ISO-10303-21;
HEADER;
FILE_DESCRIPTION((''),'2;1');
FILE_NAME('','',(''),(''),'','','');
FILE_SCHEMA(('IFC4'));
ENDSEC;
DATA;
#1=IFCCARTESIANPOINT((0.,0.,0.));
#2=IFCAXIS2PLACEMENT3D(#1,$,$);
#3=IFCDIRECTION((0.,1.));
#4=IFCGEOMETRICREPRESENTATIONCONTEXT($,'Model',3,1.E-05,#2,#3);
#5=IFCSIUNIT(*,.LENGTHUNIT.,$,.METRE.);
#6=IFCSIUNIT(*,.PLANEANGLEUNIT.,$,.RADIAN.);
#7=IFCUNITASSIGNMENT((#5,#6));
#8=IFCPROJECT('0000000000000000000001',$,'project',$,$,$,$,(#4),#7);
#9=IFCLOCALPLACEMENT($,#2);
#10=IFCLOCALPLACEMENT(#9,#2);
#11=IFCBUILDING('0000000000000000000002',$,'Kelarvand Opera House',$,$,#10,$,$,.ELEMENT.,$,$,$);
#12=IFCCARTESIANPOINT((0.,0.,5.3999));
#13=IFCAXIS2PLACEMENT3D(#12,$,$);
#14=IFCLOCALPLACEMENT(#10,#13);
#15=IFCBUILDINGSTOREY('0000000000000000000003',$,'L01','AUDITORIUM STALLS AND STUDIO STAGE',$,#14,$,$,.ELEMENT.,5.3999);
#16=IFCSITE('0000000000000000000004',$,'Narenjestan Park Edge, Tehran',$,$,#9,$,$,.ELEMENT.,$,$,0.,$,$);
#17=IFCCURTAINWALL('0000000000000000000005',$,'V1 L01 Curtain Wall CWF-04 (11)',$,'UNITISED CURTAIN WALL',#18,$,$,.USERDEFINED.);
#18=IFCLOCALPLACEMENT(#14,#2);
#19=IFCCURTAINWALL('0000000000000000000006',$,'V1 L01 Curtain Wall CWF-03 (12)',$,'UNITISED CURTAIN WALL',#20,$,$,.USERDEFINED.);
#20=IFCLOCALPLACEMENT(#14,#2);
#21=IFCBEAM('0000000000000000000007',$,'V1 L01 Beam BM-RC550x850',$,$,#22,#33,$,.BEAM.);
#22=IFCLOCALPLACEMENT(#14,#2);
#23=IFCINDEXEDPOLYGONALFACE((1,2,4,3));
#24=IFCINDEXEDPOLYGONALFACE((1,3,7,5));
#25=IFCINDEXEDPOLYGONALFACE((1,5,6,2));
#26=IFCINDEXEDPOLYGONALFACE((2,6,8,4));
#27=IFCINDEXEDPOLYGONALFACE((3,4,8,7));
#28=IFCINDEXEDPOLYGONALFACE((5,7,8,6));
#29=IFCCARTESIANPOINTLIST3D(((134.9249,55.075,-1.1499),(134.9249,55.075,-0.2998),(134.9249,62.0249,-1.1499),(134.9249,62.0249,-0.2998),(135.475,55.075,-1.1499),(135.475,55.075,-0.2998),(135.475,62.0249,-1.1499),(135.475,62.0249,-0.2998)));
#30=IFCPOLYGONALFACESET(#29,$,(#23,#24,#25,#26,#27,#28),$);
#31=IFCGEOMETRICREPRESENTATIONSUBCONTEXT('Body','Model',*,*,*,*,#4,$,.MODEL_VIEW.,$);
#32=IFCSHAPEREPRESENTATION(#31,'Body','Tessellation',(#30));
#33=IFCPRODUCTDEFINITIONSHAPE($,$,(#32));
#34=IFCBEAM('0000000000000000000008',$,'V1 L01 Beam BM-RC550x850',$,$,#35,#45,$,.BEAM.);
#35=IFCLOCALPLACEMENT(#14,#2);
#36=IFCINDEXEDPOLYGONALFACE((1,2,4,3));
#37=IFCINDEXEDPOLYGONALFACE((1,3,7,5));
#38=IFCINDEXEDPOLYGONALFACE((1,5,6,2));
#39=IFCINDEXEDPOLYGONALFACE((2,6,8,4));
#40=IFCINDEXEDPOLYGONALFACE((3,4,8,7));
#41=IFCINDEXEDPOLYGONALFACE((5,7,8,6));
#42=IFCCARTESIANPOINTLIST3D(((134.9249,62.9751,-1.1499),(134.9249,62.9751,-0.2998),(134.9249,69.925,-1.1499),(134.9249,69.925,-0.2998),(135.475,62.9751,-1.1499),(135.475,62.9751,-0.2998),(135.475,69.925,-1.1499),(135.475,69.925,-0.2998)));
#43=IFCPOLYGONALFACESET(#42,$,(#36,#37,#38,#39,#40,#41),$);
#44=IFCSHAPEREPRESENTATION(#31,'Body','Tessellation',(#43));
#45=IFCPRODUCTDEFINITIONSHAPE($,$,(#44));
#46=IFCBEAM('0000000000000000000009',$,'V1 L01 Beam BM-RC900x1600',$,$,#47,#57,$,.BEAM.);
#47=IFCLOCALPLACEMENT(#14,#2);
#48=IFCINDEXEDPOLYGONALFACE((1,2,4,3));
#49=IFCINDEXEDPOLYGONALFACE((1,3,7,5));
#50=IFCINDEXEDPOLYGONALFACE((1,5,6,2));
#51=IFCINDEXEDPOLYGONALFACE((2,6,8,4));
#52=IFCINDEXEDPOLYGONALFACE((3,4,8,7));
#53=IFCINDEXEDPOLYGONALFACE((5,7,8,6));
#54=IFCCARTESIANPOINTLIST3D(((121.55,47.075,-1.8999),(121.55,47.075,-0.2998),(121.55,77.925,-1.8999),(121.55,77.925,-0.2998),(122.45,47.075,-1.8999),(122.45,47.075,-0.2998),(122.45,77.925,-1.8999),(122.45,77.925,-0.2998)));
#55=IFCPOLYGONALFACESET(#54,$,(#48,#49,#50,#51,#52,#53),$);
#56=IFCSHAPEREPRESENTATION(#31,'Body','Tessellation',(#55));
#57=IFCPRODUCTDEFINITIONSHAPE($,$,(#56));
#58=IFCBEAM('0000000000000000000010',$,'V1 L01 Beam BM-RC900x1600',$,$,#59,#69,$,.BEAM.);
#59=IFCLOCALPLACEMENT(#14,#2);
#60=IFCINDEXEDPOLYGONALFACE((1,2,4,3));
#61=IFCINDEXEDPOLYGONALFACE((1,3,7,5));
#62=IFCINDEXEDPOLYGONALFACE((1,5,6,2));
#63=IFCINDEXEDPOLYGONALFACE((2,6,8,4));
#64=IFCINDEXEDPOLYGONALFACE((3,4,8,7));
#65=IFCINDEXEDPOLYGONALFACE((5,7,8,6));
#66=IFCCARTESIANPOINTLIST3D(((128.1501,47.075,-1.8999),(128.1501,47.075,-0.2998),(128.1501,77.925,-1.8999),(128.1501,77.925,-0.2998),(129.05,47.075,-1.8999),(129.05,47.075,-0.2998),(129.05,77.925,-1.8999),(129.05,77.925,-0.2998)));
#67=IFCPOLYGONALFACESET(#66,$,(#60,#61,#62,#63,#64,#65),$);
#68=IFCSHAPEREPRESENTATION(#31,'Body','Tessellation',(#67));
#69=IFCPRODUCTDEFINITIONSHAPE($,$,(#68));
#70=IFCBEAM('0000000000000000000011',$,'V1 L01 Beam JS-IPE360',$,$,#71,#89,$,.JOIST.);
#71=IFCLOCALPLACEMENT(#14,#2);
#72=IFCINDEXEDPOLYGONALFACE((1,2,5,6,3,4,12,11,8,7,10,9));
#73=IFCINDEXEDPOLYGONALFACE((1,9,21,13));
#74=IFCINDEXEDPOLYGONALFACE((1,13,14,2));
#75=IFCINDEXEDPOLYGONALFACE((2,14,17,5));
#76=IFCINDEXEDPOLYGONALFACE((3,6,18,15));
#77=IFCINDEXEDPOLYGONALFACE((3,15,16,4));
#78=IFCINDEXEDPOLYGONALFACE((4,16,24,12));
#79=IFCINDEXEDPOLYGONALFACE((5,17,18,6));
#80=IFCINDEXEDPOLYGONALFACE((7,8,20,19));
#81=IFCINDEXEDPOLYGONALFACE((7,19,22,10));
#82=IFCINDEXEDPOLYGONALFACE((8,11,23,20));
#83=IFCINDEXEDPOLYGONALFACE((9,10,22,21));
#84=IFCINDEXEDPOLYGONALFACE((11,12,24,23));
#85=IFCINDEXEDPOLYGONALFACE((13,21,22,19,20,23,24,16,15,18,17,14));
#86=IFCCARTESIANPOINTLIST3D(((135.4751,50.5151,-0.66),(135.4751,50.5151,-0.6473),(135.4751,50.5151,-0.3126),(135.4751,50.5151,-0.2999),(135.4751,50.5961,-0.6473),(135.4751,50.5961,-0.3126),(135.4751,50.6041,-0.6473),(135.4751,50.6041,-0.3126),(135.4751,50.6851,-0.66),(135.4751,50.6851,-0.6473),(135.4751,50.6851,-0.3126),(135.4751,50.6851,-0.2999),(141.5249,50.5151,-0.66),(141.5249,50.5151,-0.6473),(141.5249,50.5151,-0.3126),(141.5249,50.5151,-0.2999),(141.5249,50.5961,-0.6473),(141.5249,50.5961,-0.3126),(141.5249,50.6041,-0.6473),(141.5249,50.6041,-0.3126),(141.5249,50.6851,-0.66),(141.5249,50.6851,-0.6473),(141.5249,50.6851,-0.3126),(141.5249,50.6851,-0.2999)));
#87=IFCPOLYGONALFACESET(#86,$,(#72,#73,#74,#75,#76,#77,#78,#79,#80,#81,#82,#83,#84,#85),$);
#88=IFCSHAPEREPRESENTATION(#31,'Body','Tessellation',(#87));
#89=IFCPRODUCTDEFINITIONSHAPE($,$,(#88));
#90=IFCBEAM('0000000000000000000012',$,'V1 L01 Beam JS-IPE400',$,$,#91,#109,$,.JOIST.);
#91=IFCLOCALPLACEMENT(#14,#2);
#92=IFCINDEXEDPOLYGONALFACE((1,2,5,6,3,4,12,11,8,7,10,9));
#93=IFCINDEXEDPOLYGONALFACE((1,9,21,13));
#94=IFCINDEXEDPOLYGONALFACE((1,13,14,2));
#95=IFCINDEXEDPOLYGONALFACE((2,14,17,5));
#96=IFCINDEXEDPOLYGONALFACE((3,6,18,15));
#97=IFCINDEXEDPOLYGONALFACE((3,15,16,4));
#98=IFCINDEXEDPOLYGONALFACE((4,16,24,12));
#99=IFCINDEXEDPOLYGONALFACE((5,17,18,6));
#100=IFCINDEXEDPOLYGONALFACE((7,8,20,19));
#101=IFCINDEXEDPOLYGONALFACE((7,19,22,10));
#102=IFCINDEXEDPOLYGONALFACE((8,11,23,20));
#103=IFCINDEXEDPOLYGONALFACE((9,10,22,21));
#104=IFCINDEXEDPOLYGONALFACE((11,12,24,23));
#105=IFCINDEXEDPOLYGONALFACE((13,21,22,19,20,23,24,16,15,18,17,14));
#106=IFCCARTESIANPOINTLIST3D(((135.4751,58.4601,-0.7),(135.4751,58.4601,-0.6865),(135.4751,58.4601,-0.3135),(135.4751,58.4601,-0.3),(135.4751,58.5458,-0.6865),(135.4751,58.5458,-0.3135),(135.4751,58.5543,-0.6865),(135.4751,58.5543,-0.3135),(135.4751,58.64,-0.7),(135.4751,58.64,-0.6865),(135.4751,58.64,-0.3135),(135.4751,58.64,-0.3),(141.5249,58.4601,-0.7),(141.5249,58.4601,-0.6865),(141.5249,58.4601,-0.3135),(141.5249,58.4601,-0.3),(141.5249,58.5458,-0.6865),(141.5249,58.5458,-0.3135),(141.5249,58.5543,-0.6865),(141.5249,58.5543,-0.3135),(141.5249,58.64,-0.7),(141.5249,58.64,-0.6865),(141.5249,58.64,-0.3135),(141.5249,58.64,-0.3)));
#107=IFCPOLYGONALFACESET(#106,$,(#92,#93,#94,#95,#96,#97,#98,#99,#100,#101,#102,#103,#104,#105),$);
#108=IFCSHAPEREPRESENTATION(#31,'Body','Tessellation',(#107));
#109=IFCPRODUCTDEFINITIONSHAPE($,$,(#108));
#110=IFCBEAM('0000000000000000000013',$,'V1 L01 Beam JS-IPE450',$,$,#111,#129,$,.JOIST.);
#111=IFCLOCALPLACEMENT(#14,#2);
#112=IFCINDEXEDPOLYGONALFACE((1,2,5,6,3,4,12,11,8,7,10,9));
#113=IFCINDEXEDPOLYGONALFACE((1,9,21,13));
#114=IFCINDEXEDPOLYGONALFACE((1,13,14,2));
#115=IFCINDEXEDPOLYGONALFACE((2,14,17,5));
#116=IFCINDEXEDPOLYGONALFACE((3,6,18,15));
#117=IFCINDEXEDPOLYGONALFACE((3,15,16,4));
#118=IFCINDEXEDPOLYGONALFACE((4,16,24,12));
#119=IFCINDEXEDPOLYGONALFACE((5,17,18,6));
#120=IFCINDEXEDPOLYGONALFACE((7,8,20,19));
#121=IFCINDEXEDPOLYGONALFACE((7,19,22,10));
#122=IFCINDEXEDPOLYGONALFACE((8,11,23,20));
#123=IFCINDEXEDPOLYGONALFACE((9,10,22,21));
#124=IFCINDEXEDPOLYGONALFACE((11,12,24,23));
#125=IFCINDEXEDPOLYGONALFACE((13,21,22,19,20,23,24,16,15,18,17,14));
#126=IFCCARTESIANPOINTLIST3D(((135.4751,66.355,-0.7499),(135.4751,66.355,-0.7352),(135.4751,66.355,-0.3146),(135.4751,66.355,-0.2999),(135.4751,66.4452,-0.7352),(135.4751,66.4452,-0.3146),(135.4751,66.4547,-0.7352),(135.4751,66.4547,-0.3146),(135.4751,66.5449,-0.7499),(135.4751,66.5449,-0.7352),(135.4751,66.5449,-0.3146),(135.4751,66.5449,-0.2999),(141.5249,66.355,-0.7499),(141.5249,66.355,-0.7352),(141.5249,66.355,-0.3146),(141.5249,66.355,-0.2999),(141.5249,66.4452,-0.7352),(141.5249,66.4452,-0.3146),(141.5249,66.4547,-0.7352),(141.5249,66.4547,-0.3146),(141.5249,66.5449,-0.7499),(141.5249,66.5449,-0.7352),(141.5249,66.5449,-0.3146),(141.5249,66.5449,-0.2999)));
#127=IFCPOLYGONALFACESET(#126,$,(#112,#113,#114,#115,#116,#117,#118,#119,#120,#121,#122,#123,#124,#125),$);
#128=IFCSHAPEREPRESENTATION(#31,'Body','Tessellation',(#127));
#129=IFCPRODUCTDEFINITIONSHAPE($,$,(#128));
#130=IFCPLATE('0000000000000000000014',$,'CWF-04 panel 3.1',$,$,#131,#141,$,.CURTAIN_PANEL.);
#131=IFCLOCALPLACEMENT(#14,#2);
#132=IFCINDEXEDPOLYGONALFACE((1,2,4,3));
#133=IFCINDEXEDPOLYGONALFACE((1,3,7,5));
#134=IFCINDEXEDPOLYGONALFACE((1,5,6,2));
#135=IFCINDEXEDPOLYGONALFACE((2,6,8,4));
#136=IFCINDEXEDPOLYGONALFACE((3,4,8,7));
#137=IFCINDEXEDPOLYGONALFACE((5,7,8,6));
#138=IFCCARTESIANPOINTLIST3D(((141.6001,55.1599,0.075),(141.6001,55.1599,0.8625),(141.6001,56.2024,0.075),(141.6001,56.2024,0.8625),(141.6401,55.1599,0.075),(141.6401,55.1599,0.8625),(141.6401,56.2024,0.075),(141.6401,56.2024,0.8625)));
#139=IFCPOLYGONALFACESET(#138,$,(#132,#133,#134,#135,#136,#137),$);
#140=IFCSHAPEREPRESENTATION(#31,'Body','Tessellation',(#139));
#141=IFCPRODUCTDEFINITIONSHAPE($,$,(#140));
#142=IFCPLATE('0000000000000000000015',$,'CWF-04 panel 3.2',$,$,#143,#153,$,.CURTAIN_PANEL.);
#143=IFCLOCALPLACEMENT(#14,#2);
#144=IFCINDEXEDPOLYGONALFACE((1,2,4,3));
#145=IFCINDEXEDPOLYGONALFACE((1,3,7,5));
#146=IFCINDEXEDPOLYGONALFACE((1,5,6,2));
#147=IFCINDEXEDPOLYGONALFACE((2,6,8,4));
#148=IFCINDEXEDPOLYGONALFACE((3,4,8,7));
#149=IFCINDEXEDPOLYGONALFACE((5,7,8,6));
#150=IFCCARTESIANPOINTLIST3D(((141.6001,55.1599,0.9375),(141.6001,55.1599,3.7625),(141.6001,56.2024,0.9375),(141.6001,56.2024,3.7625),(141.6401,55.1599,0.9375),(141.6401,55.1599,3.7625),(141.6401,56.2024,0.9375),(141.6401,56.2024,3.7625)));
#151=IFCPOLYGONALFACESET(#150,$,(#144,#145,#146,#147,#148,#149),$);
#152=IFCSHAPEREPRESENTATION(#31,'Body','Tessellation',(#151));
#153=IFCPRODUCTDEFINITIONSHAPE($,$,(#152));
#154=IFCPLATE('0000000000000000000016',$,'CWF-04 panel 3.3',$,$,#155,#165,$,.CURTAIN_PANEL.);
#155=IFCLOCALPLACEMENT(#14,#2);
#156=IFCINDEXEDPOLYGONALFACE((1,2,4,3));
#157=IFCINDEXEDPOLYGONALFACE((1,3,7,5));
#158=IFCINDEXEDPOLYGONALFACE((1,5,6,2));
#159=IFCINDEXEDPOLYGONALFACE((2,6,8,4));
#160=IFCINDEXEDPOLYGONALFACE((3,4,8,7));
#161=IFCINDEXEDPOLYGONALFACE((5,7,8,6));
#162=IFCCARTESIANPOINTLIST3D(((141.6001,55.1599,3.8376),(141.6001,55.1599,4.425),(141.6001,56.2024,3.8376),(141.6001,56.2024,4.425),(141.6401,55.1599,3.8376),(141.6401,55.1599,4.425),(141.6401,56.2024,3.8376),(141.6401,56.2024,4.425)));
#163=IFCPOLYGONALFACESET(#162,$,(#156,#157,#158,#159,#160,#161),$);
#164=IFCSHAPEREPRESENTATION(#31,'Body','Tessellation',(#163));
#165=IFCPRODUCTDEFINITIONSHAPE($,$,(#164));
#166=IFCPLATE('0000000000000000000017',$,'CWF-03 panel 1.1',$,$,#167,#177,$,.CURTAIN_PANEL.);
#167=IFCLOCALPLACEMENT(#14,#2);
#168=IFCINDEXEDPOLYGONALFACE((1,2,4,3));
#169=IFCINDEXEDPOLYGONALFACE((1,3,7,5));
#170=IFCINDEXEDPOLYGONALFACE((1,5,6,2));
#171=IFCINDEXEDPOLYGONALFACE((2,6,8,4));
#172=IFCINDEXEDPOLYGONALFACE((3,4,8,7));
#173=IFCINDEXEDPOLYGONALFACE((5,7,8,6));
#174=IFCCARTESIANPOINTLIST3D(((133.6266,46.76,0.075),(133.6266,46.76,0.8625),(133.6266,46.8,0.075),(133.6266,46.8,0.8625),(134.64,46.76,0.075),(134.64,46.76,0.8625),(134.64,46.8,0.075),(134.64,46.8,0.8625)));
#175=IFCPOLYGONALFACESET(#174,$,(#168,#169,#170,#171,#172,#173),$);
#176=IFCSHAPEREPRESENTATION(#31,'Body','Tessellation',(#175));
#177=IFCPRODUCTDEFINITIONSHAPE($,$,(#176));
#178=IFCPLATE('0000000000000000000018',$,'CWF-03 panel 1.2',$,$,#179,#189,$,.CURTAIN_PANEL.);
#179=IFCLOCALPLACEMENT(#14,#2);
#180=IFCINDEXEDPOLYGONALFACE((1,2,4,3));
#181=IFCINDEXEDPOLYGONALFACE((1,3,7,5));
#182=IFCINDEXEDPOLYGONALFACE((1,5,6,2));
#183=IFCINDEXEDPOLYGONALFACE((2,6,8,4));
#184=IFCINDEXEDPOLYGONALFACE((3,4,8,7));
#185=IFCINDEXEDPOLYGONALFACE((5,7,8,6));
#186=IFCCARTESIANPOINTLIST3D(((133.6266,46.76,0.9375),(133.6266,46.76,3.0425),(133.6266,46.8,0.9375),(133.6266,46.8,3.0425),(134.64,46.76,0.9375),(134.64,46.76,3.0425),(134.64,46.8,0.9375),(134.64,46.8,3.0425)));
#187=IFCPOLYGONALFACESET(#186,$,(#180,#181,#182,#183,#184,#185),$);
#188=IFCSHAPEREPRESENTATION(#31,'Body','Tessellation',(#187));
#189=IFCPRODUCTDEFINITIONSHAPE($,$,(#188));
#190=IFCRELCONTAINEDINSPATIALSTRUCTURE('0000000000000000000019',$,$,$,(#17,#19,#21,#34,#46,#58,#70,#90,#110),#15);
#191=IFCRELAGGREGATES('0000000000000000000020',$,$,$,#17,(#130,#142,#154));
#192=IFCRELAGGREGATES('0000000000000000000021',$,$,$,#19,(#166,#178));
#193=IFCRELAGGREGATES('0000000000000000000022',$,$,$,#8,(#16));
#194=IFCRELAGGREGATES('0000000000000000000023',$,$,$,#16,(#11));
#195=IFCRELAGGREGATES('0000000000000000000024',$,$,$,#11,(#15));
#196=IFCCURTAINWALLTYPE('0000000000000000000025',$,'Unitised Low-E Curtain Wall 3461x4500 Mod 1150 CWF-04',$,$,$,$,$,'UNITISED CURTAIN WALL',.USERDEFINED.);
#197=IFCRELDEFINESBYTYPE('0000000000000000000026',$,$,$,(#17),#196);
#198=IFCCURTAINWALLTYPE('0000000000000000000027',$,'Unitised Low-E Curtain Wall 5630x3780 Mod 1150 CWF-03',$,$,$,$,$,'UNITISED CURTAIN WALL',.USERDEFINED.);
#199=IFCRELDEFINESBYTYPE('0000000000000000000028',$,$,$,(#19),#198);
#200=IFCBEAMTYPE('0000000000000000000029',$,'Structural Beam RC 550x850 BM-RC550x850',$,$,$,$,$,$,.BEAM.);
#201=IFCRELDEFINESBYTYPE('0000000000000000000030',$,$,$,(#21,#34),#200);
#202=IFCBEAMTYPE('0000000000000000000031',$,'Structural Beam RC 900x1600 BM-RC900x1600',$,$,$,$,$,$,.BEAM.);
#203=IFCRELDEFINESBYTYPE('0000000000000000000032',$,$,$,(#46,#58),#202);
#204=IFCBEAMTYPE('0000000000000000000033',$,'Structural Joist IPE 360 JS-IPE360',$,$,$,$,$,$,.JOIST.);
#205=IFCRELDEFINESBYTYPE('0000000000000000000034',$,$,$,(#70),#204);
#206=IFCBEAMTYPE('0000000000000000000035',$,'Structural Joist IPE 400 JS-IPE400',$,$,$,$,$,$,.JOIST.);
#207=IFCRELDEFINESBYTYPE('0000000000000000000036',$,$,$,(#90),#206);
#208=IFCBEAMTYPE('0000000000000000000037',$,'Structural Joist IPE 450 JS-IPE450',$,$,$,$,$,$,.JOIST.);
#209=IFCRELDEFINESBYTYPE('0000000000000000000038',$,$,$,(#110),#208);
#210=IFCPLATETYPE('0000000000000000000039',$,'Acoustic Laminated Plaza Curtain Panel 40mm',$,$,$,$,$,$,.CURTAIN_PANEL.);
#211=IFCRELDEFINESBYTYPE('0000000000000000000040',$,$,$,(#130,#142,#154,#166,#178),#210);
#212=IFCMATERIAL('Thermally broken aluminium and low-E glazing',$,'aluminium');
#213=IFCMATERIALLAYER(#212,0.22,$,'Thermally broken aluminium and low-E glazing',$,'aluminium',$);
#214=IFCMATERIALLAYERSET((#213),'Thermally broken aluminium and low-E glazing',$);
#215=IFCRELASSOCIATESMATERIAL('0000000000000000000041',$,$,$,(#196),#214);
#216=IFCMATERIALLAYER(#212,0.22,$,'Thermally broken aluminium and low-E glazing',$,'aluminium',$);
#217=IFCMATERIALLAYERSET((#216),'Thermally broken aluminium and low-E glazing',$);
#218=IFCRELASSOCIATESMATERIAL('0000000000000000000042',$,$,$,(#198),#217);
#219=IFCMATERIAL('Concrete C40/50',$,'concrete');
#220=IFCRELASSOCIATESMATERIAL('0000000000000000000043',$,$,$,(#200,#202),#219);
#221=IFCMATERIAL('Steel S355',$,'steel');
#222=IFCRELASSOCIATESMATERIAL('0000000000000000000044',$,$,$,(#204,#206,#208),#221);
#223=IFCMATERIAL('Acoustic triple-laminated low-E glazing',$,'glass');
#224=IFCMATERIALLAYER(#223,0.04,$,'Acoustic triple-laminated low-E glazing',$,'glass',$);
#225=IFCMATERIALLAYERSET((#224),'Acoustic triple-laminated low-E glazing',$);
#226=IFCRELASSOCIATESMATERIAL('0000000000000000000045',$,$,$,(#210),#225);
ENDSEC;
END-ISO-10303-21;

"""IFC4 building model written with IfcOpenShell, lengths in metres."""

from ifc_helpers import new_model, si_unit, direction, frame, origin, origin_2d, place, context, subcontext, project, spatial, rectangle, i_section, extrude, material, layer, layer_set, material_profile, profile_set, type_object, element, aggregate, save


model = new_model("IFC4")

# Units and contexts
model_context = context("Model", 3, precision=1e-05, world=origin(), true_north=direction((0.0, 1.0)))
body_context = subcontext(model_context, "Body", "Model", "MODEL_VIEW")
ifc_project = project(units=[si_unit("LENGTHUNIT", "METRE"), si_unit("PLANEANGLEUNIT", "RADIAN")], contexts=[model_context])

# Site, building, storey
site_placement = place(None, origin())
site = spatial("IfcSite", under=ifc_project, at=site_placement, Name="Narenjestan Park Edge, Tehran", CompositionType="ELEMENT", RefElevation=0.0)
building_placement = place(site_placement, origin())
building = spatial("IfcBuilding", under=site, at=building_placement, Name="Kelarvand Opera House", CompositionType="ELEMENT")
storey_placement = place(building_placement, frame((0.0, 0.0, 5.3999)))
storey = spatial("IfcBuildingStorey", under=building, at=storey_placement, Name="L01", Description="AUDITORIUM STALLS AND STUDIO STAGE", CompositionType="ELEMENT", Elevation=5.3999)

# Shared definitions
ifc_material_1 = material(Name="Concrete C40/50", Category="concrete")

# Curtain wall
ifc_material_2 = material(Name="Thermally broken aluminium and low-E glazing", Category="aluminium")
ifc_layer_1 = layer(ifc_material_2, 0.22, Name="Thermally broken aluminium and low-E glazing", Category="aluminium")
ifc_layer_set_1 = layer_set([ifc_layer_1], Name="Thermally broken aluminium and low-E glazing")
curtain_wall_type_1 = type_object("IfcCurtainWallType", Name="Unitised Low-E Curtain Wall 3461x4500 Mod 1150 CWF-04", ElementType="UNITISED CURTAIN WALL", PredefinedType="USERDEFINED", material=ifc_layer_set_1)
curtain_wall_1_placement = place(storey_placement, origin())
curtain_wall_1 = element("IfcCurtainWall", 1, at=curtain_wall_1_placement, inside=storey, type_object=curtain_wall_type_1, Name="V1 L01 Curtain Wall CWF-04 (11)", ObjectType="UNITISED CURTAIN WALL", PredefinedType="USERDEFINED")

# Curtain wall
ifc_layer_2 = layer(ifc_material_2, 0.22, Name="Thermally broken aluminium and low-E glazing", Category="aluminium")
ifc_layer_set_2 = layer_set([ifc_layer_2], Name="Thermally broken aluminium and low-E glazing")
curtain_wall_type_2 = type_object("IfcCurtainWallType", Name="Unitised Low-E Curtain Wall 5630x3780 Mod 1150 CWF-03", ElementType="UNITISED CURTAIN WALL", PredefinedType="USERDEFINED", material=ifc_layer_set_2)
curtain_wall_2_placement = place(storey_placement, origin())
curtain_wall_2 = element("IfcCurtainWall", 2, at=curtain_wall_2_placement, inside=storey, type_object=curtain_wall_type_2, Name="V1 L01 Curtain Wall CWF-03 (12)", ObjectType="UNITISED CURTAIN WALL", PredefinedType="USERDEFINED")

# Beams
ifc_material_profile_1 = material_profile(ifc_material_1, rectangle(XDim=0.55, YDim=0.8501, at=origin_2d()), Name="RC 550x850", Category="concrete")
ifc_profile_set_1 = profile_set([ifc_material_profile_1], Name="Concrete C40/50")
beam_type_1 = type_object("IfcBeamType", Name="Structural Beam RC 550x850 BM-RC550x850", PredefinedType="BEAM", material=ifc_profile_set_1)
for number, where, z_axis, x_axis, name in (
    (3, (135.2, 55.075, -0.7249), (0.0, 1.0, 0.0), (-1.0, 0.0, 0.0), "V1 L01 Beam BM-RC550x850"),
    (4, (135.2, 62.9751, -0.7249), (0.0, 1.0, 0.0), (-1.0, 0.0, 0.0), "V1 L01 Beam BM-RC550x850"),
):
    element("IfcBeam", number, at=place(storey_placement, frame(where, z_axis=z_axis, x_axis=x_axis)), inside=storey, type_object=beam_type_1, Name=name, PredefinedType="BEAM", context=body_context, shape_type="SweptSolid", body=[
        extrude(rectangle(XDim=0.55, YDim=0.8501, at=origin_2d()), origin(), (0.0, 0.0, 1.0), 6.95),
    ])
ifc_material_profile_2 = material_profile(ifc_material_1, rectangle(XDim=0.8999, YDim=1.6001, at=origin_2d()), Name="RC 900x1600", Category="concrete")
ifc_profile_set_2 = profile_set([ifc_material_profile_2], Name="Concrete C40/50")
beam_type_2 = type_object("IfcBeamType", Name="Structural Beam RC 900x1600 BM-RC900x1600", PredefinedType="BEAM", material=ifc_profile_set_2)
for number, where, z_axis, x_axis, name in (
    (5, (122.0, 47.075, -1.0999), (0.0, 1.0, 0.0), (-1.0, 0.0, 0.0), "V1 L01 Beam BM-RC900x1600"),
    (6, (128.6001, 47.075, -1.0999), (0.0, 1.0, 0.0), (-1.0, 0.0, 0.0), "V1 L01 Beam BM-RC900x1600"),
):
    element("IfcBeam", number, at=place(storey_placement, frame(where, z_axis=z_axis, x_axis=x_axis)), inside=storey, type_object=beam_type_2, Name=name, PredefinedType="BEAM", context=body_context, shape_type="SweptSolid", body=[
        extrude(rectangle(XDim=0.8999, YDim=1.6001, at=origin_2d()), origin(), (0.0, 0.0, 1.0), 30.8501),
    ])
ifc_material_3 = material(Name="Steel S355", Category="steel")
ifc_material_profile_3 = material_profile(ifc_material_3, i_section(OverallWidth=0.1699, OverallDepth=0.3601, WebThickness=0.0081, FlangeThickness=0.0127, at=origin_2d()), Name="IPE 360", Category="steel")
ifc_profile_set_3 = profile_set([ifc_material_profile_3], Name="Steel S355")
beam_type_3 = type_object("IfcBeamType", Name="Structural Joist IPE 360 JS-IPE360", PredefinedType="JOIST", material=ifc_profile_set_3)
beam_1_placement = place(storey_placement, frame((135.4751, 50.6001, -0.48), z_axis=(1.0, 0.0, 0.0), x_axis=(0.0, 1.0, 0.0)))
element("IfcBeam", 7, at=beam_1_placement, inside=storey, type_object=beam_type_3, Name="V1 L01 Beam JS-IPE360", PredefinedType="JOIST", context=body_context, shape_type="SweptSolid", body=[
    extrude(i_section(OverallWidth=0.1699, OverallDepth=0.3601, WebThickness=0.0081, FlangeThickness=0.0127, at=origin_2d()), origin(), (0.0, 0.0, 1.0), 6.0498),
])
ifc_material_profile_4 = material_profile(ifc_material_3, i_section(OverallWidth=0.1799, OverallDepth=0.3999, WebThickness=0.0085, FlangeThickness=0.0134, at=origin_2d()), Name="IPE 400", Category="steel")
ifc_profile_set_4 = profile_set([ifc_material_profile_4], Name="Steel S355")
beam_type_4 = type_object("IfcBeamType", Name="Structural Joist IPE 400 JS-IPE400", PredefinedType="JOIST", material=ifc_profile_set_4)
beam_2_placement = place(storey_placement, frame((135.4751, 58.55, -0.5), z_axis=(1.0, 0.0, 0.0), x_axis=(0.0, 1.0, 0.0)))
element("IfcBeam", 8, at=beam_2_placement, inside=storey, type_object=beam_type_4, Name="V1 L01 Beam JS-IPE400", PredefinedType="JOIST", context=body_context, shape_type="SweptSolid", body=[
    extrude(i_section(OverallWidth=0.1799, OverallDepth=0.3999, WebThickness=0.0085, FlangeThickness=0.0134, at=origin_2d()), origin(), (0.0, 0.0, 1.0), 6.0498),
])
ifc_material_profile_5 = material_profile(ifc_material_3, i_section(OverallWidth=0.1899, OverallDepth=0.45, WebThickness=0.0095, FlangeThickness=0.0146, at=origin_2d()), Name="IPE 450", Category="steel")
ifc_profile_set_5 = profile_set([ifc_material_profile_5], Name="Steel S355")
beam_type_5 = type_object("IfcBeamType", Name="Structural Joist IPE 450 JS-IPE450", PredefinedType="JOIST", material=ifc_profile_set_5)
beam_3_placement = place(storey_placement, frame((135.4751, 66.45, -0.5249), z_axis=(1.0, 0.0, 0.0), x_axis=(0.0, 1.0, 0.0)))
element("IfcBeam", 9, at=beam_3_placement, inside=storey, type_object=beam_type_5, Name="V1 L01 Beam JS-IPE450", PredefinedType="JOIST", context=body_context, shape_type="SweptSolid", body=[
    extrude(i_section(OverallWidth=0.1899, OverallDepth=0.45, WebThickness=0.0095, FlangeThickness=0.0146, at=origin_2d()), origin(), (0.0, 0.0, 1.0), 6.0498),
])

# Plates
ifc_material_4 = material(Name="Acoustic triple-laminated low-E glazing", Category="glass")
ifc_layer_3 = layer(ifc_material_4, 0.04, Name="Acoustic triple-laminated low-E glazing", Category="glass")
ifc_layer_set_3 = layer_set([ifc_layer_3], Name="Acoustic triple-laminated low-E glazing")
plate_type = type_object("IfcPlateType", Name="Acoustic Laminated Plaza Curtain Panel 40mm", PredefinedType="CURTAIN_PANEL", material=ifc_layer_set_3)
plate_1_placement = place(storey_placement, frame((141.6201, 55.6812, 0.075), z_axis=(0.0, 0.0, 1.0), x_axis=(0.0, -1.0, 0.0)))
plate_1 = element("IfcPlate", 10, at=plate_1_placement, type_object=plate_type, Name="CWF-04 panel 3.1", PredefinedType="CURTAIN_PANEL", context=body_context, shape_type="SweptSolid", body=[
    extrude(rectangle(XDim=1.0425, YDim=0.04, at=origin_2d()), origin(), (0.0, 0.0, 1.0), 0.7876),
])
plate_2_placement = place(storey_placement, frame((141.6201, 55.6812, 0.9375), z_axis=(0.0, 0.0, 1.0), x_axis=(0.0, -1.0, 0.0)))
plate_2 = element("IfcPlate", 11, at=plate_2_placement, type_object=plate_type, Name="CWF-04 panel 3.2", PredefinedType="CURTAIN_PANEL", context=body_context, shape_type="SweptSolid", body=[
    extrude(rectangle(XDim=1.0425, YDim=0.04, at=origin_2d()), origin(), (0.0, 0.0, 1.0), 2.825),
])
plate_3_placement = place(storey_placement, frame((141.6201, 55.6812, 3.8376), z_axis=(0.0, 0.0, 1.0), x_axis=(0.0, -1.0, 0.0)))
plate_3 = element("IfcPlate", 12, at=plate_3_placement, type_object=plate_type, Name="CWF-04 panel 3.3", PredefinedType="CURTAIN_PANEL", context=body_context, shape_type="SweptSolid", body=[
    extrude(rectangle(XDim=1.0425, YDim=0.04, at=origin_2d()), origin(), (0.0, 0.0, 1.0), 0.5874),
])
aggregate(curtain_wall_1, [plate_1, plate_2, plate_3])
plate_4_placement = place(storey_placement, frame((134.1333, 46.78, 0.075), z_axis=(0.0, 0.0, 1.0), x_axis=(-1.0, 0.0, 0.0)))
plate_4 = element("IfcPlate", 13, at=plate_4_placement, type_object=plate_type, Name="CWF-03 panel 1.1", PredefinedType="CURTAIN_PANEL", context=body_context, shape_type="SweptSolid", body=[
    extrude(rectangle(XDim=1.0134, YDim=0.04, at=origin_2d()), origin(), (0.0, 0.0, 1.0), 0.7876),
])
plate_5_placement = place(storey_placement, frame((134.1333, 46.78, 0.9375), z_axis=(0.0, 0.0, 1.0), x_axis=(-1.0, 0.0, 0.0)))
plate_5 = element("IfcPlate", 14, at=plate_5_placement, type_object=plate_type, Name="CWF-03 panel 1.2", PredefinedType="CURTAIN_PANEL", context=body_context, shape_type="SweptSolid", body=[
    extrude(rectangle(XDim=1.0134, YDim=0.04, at=origin_2d()), origin(), (0.0, 0.0, 1.0), 2.105),
])
aggregate(curtain_wall_2, [plate_4, plate_5])

save(model, "model.ifc")
